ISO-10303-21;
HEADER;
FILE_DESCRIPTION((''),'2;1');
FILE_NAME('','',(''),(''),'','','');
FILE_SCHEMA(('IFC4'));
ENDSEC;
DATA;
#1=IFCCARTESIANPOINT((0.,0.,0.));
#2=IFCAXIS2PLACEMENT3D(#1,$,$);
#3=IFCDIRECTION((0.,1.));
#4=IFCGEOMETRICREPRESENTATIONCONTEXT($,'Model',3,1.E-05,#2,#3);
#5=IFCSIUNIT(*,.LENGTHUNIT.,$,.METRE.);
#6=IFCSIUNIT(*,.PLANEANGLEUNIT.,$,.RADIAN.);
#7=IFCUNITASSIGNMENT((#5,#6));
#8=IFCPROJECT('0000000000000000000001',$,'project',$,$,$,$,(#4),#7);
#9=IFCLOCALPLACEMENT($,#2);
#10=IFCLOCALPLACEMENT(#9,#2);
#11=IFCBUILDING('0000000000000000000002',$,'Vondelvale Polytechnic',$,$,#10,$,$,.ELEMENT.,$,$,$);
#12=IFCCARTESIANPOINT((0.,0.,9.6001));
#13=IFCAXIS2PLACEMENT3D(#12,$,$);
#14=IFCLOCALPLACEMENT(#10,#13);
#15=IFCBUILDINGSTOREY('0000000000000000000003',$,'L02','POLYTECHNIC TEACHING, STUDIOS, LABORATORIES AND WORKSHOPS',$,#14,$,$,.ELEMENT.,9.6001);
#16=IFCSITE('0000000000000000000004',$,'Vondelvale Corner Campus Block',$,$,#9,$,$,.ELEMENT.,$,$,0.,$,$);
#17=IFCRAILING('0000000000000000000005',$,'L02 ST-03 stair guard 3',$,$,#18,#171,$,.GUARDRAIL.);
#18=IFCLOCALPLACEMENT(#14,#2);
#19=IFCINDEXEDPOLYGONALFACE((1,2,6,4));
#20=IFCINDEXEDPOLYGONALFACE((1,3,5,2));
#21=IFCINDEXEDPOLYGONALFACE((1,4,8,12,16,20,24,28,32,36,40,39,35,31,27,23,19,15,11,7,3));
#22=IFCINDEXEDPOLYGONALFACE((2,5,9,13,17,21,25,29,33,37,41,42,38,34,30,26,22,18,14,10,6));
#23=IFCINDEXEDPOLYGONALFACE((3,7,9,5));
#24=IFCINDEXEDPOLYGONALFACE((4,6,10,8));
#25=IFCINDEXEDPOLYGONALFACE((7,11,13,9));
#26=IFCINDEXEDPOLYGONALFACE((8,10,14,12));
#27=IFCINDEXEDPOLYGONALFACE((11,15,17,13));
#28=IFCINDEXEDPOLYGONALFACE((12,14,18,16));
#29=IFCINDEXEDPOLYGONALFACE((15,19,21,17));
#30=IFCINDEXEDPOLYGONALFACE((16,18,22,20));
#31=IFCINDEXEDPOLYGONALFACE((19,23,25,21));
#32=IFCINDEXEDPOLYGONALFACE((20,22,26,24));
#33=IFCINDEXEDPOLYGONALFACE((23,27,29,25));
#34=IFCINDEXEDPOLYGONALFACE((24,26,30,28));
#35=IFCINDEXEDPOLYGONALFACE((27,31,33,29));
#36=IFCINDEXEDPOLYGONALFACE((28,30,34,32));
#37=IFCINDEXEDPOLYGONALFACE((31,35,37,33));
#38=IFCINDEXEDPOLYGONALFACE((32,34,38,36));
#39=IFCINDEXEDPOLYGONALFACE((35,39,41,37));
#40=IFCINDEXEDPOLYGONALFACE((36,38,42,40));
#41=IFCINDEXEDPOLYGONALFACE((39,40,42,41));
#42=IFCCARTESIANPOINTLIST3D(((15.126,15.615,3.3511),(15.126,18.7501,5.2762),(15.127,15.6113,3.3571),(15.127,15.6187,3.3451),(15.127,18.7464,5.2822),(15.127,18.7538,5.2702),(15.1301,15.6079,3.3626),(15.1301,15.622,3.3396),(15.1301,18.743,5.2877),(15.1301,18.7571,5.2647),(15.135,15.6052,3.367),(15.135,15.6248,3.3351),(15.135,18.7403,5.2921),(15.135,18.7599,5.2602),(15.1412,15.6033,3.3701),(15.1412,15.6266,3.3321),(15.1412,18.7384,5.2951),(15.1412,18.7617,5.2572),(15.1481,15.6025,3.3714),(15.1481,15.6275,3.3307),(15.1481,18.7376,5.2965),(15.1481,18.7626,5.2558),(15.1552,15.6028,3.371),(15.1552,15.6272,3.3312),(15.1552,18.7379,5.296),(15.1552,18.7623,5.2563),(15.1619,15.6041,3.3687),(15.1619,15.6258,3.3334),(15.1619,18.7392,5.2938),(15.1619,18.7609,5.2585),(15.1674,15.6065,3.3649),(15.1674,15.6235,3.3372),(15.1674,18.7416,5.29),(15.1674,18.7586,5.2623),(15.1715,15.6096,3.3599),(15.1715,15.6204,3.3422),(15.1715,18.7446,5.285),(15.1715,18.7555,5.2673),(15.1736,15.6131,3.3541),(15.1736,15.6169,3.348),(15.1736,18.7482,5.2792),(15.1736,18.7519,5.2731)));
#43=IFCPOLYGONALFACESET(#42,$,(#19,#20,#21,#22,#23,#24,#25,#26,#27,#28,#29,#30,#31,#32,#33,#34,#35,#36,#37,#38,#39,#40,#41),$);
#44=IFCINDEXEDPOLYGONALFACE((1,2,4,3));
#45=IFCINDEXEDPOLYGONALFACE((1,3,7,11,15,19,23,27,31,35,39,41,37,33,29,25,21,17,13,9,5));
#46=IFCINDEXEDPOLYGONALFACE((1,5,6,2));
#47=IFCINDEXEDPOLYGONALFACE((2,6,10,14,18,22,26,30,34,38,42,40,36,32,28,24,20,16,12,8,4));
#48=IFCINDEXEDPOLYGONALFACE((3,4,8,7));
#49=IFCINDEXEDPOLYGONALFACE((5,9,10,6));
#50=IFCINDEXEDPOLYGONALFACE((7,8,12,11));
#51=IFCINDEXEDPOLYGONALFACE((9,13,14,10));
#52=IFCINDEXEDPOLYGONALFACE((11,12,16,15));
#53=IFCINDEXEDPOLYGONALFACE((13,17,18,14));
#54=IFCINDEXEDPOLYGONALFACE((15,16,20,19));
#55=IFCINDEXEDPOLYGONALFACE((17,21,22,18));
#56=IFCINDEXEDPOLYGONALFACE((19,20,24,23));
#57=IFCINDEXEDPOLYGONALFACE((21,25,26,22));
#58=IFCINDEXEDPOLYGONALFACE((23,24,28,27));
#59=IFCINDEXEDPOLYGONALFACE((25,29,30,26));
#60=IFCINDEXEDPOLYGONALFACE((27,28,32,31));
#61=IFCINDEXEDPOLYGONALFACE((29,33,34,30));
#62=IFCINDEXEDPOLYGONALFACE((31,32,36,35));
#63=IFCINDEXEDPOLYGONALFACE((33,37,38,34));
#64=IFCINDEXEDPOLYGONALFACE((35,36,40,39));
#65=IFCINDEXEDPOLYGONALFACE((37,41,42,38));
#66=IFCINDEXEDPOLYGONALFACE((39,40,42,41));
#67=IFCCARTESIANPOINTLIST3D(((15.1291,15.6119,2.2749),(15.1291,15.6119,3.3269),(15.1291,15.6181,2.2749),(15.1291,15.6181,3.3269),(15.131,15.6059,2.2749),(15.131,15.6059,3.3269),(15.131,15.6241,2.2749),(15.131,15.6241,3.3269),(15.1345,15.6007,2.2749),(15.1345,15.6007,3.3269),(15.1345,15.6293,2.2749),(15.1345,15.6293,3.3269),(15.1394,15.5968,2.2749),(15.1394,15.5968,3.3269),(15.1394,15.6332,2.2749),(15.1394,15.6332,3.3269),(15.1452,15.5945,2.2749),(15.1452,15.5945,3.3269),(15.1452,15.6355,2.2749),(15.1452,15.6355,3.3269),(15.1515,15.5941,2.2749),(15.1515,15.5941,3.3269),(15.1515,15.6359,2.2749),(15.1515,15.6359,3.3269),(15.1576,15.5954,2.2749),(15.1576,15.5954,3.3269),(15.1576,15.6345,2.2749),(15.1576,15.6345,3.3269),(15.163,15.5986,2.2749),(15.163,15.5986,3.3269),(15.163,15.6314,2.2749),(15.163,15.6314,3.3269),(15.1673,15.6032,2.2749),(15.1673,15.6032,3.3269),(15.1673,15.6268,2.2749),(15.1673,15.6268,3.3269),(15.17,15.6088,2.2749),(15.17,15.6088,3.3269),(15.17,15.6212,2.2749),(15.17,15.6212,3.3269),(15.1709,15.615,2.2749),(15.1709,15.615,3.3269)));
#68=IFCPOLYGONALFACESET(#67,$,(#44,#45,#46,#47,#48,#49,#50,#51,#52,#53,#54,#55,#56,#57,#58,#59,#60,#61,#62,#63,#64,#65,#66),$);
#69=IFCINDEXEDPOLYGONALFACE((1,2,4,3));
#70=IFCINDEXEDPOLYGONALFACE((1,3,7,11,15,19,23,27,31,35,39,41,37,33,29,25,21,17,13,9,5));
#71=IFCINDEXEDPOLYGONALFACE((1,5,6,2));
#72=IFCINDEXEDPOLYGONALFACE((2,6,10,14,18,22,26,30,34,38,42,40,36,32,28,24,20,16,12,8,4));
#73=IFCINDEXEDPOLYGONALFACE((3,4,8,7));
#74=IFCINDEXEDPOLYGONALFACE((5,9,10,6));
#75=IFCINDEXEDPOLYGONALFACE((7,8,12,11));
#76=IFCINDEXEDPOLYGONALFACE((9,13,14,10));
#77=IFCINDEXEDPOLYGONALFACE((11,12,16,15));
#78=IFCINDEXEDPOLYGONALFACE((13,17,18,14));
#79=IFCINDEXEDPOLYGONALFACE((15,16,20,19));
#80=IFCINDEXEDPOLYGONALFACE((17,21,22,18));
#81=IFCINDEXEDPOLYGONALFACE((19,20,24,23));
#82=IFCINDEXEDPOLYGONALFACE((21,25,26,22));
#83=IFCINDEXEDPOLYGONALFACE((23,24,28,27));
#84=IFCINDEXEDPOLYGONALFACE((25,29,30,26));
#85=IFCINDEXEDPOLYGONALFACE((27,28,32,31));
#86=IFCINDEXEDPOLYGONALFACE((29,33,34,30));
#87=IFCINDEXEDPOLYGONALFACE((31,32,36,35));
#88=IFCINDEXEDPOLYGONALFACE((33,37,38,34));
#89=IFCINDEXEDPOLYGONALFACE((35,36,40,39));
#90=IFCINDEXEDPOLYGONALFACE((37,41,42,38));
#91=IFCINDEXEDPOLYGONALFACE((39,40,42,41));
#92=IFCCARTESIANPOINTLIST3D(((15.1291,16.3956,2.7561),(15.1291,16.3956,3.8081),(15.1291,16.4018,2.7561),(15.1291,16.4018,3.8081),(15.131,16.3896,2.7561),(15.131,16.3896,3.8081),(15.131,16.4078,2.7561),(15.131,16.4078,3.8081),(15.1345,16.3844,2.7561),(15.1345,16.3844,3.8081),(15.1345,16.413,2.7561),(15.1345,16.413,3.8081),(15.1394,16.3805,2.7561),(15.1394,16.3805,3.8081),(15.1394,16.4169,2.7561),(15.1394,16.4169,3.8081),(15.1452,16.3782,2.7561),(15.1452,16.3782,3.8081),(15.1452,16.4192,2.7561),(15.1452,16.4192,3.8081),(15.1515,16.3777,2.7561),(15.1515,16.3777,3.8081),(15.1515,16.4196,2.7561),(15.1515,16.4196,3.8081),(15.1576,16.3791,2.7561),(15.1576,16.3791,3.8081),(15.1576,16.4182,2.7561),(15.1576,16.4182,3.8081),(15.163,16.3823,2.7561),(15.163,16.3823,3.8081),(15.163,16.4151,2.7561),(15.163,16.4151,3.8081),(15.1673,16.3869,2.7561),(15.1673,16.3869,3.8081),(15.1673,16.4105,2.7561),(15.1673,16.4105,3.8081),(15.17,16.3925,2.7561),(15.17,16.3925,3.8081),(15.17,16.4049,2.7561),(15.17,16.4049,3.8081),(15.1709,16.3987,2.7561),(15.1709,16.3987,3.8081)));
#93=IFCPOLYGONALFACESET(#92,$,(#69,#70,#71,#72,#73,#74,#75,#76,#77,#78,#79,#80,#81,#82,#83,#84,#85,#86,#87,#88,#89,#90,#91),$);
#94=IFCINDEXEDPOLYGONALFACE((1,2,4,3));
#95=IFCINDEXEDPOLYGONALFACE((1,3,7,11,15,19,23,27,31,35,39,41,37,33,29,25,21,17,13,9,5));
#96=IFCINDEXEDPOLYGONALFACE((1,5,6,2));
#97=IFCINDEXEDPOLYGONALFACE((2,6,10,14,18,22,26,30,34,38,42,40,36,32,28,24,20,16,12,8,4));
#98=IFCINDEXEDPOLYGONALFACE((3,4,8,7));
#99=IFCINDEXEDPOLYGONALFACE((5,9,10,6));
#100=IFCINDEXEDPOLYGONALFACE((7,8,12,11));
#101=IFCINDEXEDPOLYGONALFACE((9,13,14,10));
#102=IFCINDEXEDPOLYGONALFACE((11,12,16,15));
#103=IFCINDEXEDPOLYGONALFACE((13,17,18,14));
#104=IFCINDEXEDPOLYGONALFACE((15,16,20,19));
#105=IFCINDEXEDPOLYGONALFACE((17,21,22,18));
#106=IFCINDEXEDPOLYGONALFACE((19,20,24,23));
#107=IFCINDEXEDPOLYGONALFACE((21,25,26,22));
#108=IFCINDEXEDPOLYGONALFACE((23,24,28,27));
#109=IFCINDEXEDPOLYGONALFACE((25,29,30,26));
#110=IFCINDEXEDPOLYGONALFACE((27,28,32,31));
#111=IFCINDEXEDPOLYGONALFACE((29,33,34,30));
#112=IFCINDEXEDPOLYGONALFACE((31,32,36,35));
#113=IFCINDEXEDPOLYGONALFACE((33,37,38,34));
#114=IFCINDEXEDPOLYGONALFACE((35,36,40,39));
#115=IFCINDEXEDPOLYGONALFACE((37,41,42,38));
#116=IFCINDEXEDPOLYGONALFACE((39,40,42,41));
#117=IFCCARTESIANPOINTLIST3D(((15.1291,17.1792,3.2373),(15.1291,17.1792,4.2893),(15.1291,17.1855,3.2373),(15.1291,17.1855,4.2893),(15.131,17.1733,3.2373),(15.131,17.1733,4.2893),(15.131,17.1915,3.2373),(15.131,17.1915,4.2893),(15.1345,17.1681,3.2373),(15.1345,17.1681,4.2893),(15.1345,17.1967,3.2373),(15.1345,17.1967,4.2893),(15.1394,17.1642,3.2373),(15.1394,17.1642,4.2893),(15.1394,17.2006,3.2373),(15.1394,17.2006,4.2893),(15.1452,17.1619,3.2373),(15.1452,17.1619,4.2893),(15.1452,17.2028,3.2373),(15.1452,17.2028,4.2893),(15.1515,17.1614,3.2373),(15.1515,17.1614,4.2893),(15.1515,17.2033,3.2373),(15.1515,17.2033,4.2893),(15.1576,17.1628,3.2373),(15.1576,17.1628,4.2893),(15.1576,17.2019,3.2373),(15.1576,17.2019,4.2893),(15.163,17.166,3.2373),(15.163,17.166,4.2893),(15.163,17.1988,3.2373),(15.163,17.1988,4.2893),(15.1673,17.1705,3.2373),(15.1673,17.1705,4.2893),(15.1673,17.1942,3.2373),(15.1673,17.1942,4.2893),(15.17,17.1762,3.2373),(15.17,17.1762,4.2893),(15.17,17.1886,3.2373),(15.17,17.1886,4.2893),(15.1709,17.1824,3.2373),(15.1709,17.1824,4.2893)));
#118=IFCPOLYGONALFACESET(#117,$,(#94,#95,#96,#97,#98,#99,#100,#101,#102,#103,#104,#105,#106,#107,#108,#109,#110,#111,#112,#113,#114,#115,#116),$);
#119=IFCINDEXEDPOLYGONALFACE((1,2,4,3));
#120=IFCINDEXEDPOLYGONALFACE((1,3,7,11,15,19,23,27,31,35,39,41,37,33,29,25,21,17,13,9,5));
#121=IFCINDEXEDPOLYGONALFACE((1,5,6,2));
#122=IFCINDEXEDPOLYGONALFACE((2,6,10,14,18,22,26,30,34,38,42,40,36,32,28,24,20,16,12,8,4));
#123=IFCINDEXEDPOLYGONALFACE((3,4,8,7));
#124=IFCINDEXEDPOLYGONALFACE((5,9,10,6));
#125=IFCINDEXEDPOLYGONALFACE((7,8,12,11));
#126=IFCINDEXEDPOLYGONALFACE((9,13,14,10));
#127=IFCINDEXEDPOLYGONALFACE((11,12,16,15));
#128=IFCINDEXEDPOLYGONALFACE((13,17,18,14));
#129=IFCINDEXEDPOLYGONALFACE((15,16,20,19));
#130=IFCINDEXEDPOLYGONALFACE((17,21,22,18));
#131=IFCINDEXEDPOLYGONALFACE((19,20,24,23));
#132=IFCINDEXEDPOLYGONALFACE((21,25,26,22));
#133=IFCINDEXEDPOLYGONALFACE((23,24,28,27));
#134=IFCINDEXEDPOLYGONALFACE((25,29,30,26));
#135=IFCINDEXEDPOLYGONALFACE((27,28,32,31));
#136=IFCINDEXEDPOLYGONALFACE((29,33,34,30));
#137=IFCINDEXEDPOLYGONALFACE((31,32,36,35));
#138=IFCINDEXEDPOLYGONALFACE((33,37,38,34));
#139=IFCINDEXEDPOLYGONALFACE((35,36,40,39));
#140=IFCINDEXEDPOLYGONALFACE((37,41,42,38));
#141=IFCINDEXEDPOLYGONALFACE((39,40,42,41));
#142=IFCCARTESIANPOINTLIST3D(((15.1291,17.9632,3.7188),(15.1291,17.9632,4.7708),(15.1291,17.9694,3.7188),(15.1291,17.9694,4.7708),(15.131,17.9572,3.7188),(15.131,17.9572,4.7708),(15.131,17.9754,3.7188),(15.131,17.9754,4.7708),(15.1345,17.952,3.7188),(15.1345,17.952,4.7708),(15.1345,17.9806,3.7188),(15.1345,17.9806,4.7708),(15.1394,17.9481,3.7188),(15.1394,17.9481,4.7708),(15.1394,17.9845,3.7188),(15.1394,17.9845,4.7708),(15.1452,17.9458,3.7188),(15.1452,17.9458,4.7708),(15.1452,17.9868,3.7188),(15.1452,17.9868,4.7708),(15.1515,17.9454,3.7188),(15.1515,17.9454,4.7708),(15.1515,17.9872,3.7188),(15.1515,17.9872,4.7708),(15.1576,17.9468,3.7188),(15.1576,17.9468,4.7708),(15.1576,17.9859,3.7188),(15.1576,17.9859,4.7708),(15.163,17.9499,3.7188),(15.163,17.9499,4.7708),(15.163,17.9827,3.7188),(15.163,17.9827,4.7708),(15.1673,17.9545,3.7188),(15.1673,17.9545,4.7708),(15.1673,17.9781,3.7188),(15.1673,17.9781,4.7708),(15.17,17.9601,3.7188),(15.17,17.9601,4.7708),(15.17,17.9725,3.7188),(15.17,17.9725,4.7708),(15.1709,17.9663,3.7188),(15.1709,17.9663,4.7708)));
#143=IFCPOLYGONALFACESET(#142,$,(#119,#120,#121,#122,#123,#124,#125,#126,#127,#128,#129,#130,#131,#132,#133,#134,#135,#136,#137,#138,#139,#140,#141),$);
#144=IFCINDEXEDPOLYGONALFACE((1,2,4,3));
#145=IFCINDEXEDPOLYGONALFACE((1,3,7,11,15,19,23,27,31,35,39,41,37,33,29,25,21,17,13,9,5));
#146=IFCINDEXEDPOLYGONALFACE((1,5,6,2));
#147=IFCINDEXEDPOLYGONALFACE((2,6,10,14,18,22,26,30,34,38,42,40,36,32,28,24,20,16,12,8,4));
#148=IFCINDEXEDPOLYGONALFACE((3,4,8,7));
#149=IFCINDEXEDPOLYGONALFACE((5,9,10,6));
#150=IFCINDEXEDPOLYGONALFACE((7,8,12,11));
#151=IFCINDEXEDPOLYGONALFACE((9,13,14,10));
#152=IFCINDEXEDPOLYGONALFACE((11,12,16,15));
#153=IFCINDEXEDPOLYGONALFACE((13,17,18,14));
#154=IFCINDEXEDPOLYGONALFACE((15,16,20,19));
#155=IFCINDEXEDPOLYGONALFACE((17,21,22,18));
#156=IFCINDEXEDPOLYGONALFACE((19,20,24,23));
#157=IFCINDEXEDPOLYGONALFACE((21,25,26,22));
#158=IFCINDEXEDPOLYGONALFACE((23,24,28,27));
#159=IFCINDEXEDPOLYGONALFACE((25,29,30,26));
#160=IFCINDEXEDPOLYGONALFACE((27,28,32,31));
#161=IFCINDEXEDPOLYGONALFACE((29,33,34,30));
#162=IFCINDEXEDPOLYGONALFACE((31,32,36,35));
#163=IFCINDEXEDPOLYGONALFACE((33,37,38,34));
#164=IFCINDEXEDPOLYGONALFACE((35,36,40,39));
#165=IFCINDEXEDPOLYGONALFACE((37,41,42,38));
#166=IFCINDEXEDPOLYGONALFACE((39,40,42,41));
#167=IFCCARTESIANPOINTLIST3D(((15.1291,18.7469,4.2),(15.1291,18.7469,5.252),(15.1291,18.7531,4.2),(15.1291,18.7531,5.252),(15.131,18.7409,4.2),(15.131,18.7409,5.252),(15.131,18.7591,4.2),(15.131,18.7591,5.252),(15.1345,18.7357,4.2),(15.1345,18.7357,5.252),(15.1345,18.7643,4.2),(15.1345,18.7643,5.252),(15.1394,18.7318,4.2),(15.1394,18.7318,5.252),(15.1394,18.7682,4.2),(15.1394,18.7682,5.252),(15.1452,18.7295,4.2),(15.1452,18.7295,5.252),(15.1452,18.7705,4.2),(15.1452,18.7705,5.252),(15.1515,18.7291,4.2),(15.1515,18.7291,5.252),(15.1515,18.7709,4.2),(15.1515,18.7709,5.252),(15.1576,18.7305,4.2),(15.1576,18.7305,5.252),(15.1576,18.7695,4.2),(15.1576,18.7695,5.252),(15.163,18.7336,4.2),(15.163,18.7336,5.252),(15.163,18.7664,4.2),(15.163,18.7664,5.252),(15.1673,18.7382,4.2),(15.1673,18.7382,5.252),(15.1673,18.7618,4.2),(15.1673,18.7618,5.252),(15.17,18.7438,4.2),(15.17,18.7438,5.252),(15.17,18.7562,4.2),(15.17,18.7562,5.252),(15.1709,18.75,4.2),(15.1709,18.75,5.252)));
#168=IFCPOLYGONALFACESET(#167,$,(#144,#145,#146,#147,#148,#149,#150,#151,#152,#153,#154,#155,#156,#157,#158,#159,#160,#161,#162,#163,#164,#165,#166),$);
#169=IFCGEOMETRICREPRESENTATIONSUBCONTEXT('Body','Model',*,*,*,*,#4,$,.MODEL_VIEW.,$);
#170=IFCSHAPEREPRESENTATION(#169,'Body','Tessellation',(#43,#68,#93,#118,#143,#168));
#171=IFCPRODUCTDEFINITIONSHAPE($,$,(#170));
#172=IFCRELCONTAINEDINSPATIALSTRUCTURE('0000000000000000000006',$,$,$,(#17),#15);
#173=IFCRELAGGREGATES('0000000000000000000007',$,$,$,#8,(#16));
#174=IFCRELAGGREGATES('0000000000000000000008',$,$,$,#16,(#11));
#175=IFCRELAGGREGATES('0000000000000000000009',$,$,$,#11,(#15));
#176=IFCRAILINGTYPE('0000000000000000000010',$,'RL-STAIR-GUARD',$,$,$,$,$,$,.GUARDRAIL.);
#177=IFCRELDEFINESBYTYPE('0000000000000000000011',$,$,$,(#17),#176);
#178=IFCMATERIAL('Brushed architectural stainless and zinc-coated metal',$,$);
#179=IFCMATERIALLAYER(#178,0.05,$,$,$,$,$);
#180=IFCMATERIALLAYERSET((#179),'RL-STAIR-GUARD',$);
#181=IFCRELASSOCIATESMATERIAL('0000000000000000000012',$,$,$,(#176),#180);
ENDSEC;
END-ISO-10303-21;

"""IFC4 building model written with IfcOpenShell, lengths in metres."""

from ifc_helpers import new_model, si_unit, direction, frame, origin, origin_2d, place, context, subcontext, project, spatial, circle, extrude, material, layer, layer_set, type_object, element, save


model = new_model("IFC4")

# Units and contexts
model_context = context("Model", 3, precision=1e-05, world=origin(), true_north=direction((0.0, 1.0)))
body_context = subcontext(model_context, "Body", "Model", "MODEL_VIEW")
ifc_project = project(units=[si_unit("LENGTHUNIT", "METRE"), si_unit("PLANEANGLEUNIT", "RADIAN")], contexts=[model_context])

# Site, building, storey
site_placement = place(None, origin())
site = spatial("IfcSite", under=ifc_project, at=site_placement, Name="Vondelvale Corner Campus Block", CompositionType="ELEMENT", RefElevation=0.0)
building_placement = place(site_placement, origin())
building = spatial("IfcBuilding", under=site, at=building_placement, Name="Vondelvale Polytechnic", CompositionType="ELEMENT")
storey_placement = place(building_placement, frame((0.0, 0.0, 9.6001)))
storey = spatial("IfcBuildingStorey", under=building, at=storey_placement, Name="L02", Description="POLYTECHNIC TEACHING, STUDIOS, LABORATORIES AND WORKSHOPS", CompositionType="ELEMENT", Elevation=9.6001)

# Shared definitions
ifc_material_1 = material(Name="Brushed architectural stainless and zinc-coated metal")

# Railing
ifc_layer_1 = layer(ifc_material_1, 0.05)
ifc_layer_set_1 = layer_set([ifc_layer_1], Name="RL-STAIR-GUARD")
railing_type_1 = type_object("IfcRailingType", Name="RL-STAIR-GUARD", PredefinedType="GUARDRAIL", material=ifc_layer_set_1)
railing_1_placement = place(storey_placement, frame((15.1499, 15.615, 2.2749)))
element("IfcRailing", 1, at=railing_1_placement, inside=storey, type_object=railing_type_1, Name="L02 ST-03 stair guard 3", PredefinedType="GUARDRAIL", context=body_context, shape_type="SweptSolid", body=[
    extrude(circle(Radius=0.0239, at=origin_2d()), frame((0.0, 0.0, 1.0762), z_axis=(0.0, 0.852166, 0.523271), x_axis=(-1.0, 0.0, 0.0)), (0.0, 0.0, 1.0), 3.679),
    extrude(circle(Radius=0.021, at=origin_2d()), origin(), (0.0, 0.0, 1.0), 1.052),
    extrude(circle(Radius=0.021, at=origin_2d()), frame((0.0, 0.7837, 0.4812)), (0.0, 0.0, 1.0), 1.052),
    extrude(circle(Radius=0.021, at=origin_2d()), frame((0.0, 1.5674, 0.9624)), (0.0, 0.0, 1.0), 1.052),
    extrude(circle(Radius=0.021, at=origin_2d()), frame((0.0, 2.3513, 1.4438)), (0.0, 0.0, 1.0), 1.052),
    extrude(circle(Radius=0.021, at=origin_2d()), frame((0.0, 3.135, 1.925)), (0.0, 0.0, 1.0), 1.052),
])

save(model, "model.ifc")
